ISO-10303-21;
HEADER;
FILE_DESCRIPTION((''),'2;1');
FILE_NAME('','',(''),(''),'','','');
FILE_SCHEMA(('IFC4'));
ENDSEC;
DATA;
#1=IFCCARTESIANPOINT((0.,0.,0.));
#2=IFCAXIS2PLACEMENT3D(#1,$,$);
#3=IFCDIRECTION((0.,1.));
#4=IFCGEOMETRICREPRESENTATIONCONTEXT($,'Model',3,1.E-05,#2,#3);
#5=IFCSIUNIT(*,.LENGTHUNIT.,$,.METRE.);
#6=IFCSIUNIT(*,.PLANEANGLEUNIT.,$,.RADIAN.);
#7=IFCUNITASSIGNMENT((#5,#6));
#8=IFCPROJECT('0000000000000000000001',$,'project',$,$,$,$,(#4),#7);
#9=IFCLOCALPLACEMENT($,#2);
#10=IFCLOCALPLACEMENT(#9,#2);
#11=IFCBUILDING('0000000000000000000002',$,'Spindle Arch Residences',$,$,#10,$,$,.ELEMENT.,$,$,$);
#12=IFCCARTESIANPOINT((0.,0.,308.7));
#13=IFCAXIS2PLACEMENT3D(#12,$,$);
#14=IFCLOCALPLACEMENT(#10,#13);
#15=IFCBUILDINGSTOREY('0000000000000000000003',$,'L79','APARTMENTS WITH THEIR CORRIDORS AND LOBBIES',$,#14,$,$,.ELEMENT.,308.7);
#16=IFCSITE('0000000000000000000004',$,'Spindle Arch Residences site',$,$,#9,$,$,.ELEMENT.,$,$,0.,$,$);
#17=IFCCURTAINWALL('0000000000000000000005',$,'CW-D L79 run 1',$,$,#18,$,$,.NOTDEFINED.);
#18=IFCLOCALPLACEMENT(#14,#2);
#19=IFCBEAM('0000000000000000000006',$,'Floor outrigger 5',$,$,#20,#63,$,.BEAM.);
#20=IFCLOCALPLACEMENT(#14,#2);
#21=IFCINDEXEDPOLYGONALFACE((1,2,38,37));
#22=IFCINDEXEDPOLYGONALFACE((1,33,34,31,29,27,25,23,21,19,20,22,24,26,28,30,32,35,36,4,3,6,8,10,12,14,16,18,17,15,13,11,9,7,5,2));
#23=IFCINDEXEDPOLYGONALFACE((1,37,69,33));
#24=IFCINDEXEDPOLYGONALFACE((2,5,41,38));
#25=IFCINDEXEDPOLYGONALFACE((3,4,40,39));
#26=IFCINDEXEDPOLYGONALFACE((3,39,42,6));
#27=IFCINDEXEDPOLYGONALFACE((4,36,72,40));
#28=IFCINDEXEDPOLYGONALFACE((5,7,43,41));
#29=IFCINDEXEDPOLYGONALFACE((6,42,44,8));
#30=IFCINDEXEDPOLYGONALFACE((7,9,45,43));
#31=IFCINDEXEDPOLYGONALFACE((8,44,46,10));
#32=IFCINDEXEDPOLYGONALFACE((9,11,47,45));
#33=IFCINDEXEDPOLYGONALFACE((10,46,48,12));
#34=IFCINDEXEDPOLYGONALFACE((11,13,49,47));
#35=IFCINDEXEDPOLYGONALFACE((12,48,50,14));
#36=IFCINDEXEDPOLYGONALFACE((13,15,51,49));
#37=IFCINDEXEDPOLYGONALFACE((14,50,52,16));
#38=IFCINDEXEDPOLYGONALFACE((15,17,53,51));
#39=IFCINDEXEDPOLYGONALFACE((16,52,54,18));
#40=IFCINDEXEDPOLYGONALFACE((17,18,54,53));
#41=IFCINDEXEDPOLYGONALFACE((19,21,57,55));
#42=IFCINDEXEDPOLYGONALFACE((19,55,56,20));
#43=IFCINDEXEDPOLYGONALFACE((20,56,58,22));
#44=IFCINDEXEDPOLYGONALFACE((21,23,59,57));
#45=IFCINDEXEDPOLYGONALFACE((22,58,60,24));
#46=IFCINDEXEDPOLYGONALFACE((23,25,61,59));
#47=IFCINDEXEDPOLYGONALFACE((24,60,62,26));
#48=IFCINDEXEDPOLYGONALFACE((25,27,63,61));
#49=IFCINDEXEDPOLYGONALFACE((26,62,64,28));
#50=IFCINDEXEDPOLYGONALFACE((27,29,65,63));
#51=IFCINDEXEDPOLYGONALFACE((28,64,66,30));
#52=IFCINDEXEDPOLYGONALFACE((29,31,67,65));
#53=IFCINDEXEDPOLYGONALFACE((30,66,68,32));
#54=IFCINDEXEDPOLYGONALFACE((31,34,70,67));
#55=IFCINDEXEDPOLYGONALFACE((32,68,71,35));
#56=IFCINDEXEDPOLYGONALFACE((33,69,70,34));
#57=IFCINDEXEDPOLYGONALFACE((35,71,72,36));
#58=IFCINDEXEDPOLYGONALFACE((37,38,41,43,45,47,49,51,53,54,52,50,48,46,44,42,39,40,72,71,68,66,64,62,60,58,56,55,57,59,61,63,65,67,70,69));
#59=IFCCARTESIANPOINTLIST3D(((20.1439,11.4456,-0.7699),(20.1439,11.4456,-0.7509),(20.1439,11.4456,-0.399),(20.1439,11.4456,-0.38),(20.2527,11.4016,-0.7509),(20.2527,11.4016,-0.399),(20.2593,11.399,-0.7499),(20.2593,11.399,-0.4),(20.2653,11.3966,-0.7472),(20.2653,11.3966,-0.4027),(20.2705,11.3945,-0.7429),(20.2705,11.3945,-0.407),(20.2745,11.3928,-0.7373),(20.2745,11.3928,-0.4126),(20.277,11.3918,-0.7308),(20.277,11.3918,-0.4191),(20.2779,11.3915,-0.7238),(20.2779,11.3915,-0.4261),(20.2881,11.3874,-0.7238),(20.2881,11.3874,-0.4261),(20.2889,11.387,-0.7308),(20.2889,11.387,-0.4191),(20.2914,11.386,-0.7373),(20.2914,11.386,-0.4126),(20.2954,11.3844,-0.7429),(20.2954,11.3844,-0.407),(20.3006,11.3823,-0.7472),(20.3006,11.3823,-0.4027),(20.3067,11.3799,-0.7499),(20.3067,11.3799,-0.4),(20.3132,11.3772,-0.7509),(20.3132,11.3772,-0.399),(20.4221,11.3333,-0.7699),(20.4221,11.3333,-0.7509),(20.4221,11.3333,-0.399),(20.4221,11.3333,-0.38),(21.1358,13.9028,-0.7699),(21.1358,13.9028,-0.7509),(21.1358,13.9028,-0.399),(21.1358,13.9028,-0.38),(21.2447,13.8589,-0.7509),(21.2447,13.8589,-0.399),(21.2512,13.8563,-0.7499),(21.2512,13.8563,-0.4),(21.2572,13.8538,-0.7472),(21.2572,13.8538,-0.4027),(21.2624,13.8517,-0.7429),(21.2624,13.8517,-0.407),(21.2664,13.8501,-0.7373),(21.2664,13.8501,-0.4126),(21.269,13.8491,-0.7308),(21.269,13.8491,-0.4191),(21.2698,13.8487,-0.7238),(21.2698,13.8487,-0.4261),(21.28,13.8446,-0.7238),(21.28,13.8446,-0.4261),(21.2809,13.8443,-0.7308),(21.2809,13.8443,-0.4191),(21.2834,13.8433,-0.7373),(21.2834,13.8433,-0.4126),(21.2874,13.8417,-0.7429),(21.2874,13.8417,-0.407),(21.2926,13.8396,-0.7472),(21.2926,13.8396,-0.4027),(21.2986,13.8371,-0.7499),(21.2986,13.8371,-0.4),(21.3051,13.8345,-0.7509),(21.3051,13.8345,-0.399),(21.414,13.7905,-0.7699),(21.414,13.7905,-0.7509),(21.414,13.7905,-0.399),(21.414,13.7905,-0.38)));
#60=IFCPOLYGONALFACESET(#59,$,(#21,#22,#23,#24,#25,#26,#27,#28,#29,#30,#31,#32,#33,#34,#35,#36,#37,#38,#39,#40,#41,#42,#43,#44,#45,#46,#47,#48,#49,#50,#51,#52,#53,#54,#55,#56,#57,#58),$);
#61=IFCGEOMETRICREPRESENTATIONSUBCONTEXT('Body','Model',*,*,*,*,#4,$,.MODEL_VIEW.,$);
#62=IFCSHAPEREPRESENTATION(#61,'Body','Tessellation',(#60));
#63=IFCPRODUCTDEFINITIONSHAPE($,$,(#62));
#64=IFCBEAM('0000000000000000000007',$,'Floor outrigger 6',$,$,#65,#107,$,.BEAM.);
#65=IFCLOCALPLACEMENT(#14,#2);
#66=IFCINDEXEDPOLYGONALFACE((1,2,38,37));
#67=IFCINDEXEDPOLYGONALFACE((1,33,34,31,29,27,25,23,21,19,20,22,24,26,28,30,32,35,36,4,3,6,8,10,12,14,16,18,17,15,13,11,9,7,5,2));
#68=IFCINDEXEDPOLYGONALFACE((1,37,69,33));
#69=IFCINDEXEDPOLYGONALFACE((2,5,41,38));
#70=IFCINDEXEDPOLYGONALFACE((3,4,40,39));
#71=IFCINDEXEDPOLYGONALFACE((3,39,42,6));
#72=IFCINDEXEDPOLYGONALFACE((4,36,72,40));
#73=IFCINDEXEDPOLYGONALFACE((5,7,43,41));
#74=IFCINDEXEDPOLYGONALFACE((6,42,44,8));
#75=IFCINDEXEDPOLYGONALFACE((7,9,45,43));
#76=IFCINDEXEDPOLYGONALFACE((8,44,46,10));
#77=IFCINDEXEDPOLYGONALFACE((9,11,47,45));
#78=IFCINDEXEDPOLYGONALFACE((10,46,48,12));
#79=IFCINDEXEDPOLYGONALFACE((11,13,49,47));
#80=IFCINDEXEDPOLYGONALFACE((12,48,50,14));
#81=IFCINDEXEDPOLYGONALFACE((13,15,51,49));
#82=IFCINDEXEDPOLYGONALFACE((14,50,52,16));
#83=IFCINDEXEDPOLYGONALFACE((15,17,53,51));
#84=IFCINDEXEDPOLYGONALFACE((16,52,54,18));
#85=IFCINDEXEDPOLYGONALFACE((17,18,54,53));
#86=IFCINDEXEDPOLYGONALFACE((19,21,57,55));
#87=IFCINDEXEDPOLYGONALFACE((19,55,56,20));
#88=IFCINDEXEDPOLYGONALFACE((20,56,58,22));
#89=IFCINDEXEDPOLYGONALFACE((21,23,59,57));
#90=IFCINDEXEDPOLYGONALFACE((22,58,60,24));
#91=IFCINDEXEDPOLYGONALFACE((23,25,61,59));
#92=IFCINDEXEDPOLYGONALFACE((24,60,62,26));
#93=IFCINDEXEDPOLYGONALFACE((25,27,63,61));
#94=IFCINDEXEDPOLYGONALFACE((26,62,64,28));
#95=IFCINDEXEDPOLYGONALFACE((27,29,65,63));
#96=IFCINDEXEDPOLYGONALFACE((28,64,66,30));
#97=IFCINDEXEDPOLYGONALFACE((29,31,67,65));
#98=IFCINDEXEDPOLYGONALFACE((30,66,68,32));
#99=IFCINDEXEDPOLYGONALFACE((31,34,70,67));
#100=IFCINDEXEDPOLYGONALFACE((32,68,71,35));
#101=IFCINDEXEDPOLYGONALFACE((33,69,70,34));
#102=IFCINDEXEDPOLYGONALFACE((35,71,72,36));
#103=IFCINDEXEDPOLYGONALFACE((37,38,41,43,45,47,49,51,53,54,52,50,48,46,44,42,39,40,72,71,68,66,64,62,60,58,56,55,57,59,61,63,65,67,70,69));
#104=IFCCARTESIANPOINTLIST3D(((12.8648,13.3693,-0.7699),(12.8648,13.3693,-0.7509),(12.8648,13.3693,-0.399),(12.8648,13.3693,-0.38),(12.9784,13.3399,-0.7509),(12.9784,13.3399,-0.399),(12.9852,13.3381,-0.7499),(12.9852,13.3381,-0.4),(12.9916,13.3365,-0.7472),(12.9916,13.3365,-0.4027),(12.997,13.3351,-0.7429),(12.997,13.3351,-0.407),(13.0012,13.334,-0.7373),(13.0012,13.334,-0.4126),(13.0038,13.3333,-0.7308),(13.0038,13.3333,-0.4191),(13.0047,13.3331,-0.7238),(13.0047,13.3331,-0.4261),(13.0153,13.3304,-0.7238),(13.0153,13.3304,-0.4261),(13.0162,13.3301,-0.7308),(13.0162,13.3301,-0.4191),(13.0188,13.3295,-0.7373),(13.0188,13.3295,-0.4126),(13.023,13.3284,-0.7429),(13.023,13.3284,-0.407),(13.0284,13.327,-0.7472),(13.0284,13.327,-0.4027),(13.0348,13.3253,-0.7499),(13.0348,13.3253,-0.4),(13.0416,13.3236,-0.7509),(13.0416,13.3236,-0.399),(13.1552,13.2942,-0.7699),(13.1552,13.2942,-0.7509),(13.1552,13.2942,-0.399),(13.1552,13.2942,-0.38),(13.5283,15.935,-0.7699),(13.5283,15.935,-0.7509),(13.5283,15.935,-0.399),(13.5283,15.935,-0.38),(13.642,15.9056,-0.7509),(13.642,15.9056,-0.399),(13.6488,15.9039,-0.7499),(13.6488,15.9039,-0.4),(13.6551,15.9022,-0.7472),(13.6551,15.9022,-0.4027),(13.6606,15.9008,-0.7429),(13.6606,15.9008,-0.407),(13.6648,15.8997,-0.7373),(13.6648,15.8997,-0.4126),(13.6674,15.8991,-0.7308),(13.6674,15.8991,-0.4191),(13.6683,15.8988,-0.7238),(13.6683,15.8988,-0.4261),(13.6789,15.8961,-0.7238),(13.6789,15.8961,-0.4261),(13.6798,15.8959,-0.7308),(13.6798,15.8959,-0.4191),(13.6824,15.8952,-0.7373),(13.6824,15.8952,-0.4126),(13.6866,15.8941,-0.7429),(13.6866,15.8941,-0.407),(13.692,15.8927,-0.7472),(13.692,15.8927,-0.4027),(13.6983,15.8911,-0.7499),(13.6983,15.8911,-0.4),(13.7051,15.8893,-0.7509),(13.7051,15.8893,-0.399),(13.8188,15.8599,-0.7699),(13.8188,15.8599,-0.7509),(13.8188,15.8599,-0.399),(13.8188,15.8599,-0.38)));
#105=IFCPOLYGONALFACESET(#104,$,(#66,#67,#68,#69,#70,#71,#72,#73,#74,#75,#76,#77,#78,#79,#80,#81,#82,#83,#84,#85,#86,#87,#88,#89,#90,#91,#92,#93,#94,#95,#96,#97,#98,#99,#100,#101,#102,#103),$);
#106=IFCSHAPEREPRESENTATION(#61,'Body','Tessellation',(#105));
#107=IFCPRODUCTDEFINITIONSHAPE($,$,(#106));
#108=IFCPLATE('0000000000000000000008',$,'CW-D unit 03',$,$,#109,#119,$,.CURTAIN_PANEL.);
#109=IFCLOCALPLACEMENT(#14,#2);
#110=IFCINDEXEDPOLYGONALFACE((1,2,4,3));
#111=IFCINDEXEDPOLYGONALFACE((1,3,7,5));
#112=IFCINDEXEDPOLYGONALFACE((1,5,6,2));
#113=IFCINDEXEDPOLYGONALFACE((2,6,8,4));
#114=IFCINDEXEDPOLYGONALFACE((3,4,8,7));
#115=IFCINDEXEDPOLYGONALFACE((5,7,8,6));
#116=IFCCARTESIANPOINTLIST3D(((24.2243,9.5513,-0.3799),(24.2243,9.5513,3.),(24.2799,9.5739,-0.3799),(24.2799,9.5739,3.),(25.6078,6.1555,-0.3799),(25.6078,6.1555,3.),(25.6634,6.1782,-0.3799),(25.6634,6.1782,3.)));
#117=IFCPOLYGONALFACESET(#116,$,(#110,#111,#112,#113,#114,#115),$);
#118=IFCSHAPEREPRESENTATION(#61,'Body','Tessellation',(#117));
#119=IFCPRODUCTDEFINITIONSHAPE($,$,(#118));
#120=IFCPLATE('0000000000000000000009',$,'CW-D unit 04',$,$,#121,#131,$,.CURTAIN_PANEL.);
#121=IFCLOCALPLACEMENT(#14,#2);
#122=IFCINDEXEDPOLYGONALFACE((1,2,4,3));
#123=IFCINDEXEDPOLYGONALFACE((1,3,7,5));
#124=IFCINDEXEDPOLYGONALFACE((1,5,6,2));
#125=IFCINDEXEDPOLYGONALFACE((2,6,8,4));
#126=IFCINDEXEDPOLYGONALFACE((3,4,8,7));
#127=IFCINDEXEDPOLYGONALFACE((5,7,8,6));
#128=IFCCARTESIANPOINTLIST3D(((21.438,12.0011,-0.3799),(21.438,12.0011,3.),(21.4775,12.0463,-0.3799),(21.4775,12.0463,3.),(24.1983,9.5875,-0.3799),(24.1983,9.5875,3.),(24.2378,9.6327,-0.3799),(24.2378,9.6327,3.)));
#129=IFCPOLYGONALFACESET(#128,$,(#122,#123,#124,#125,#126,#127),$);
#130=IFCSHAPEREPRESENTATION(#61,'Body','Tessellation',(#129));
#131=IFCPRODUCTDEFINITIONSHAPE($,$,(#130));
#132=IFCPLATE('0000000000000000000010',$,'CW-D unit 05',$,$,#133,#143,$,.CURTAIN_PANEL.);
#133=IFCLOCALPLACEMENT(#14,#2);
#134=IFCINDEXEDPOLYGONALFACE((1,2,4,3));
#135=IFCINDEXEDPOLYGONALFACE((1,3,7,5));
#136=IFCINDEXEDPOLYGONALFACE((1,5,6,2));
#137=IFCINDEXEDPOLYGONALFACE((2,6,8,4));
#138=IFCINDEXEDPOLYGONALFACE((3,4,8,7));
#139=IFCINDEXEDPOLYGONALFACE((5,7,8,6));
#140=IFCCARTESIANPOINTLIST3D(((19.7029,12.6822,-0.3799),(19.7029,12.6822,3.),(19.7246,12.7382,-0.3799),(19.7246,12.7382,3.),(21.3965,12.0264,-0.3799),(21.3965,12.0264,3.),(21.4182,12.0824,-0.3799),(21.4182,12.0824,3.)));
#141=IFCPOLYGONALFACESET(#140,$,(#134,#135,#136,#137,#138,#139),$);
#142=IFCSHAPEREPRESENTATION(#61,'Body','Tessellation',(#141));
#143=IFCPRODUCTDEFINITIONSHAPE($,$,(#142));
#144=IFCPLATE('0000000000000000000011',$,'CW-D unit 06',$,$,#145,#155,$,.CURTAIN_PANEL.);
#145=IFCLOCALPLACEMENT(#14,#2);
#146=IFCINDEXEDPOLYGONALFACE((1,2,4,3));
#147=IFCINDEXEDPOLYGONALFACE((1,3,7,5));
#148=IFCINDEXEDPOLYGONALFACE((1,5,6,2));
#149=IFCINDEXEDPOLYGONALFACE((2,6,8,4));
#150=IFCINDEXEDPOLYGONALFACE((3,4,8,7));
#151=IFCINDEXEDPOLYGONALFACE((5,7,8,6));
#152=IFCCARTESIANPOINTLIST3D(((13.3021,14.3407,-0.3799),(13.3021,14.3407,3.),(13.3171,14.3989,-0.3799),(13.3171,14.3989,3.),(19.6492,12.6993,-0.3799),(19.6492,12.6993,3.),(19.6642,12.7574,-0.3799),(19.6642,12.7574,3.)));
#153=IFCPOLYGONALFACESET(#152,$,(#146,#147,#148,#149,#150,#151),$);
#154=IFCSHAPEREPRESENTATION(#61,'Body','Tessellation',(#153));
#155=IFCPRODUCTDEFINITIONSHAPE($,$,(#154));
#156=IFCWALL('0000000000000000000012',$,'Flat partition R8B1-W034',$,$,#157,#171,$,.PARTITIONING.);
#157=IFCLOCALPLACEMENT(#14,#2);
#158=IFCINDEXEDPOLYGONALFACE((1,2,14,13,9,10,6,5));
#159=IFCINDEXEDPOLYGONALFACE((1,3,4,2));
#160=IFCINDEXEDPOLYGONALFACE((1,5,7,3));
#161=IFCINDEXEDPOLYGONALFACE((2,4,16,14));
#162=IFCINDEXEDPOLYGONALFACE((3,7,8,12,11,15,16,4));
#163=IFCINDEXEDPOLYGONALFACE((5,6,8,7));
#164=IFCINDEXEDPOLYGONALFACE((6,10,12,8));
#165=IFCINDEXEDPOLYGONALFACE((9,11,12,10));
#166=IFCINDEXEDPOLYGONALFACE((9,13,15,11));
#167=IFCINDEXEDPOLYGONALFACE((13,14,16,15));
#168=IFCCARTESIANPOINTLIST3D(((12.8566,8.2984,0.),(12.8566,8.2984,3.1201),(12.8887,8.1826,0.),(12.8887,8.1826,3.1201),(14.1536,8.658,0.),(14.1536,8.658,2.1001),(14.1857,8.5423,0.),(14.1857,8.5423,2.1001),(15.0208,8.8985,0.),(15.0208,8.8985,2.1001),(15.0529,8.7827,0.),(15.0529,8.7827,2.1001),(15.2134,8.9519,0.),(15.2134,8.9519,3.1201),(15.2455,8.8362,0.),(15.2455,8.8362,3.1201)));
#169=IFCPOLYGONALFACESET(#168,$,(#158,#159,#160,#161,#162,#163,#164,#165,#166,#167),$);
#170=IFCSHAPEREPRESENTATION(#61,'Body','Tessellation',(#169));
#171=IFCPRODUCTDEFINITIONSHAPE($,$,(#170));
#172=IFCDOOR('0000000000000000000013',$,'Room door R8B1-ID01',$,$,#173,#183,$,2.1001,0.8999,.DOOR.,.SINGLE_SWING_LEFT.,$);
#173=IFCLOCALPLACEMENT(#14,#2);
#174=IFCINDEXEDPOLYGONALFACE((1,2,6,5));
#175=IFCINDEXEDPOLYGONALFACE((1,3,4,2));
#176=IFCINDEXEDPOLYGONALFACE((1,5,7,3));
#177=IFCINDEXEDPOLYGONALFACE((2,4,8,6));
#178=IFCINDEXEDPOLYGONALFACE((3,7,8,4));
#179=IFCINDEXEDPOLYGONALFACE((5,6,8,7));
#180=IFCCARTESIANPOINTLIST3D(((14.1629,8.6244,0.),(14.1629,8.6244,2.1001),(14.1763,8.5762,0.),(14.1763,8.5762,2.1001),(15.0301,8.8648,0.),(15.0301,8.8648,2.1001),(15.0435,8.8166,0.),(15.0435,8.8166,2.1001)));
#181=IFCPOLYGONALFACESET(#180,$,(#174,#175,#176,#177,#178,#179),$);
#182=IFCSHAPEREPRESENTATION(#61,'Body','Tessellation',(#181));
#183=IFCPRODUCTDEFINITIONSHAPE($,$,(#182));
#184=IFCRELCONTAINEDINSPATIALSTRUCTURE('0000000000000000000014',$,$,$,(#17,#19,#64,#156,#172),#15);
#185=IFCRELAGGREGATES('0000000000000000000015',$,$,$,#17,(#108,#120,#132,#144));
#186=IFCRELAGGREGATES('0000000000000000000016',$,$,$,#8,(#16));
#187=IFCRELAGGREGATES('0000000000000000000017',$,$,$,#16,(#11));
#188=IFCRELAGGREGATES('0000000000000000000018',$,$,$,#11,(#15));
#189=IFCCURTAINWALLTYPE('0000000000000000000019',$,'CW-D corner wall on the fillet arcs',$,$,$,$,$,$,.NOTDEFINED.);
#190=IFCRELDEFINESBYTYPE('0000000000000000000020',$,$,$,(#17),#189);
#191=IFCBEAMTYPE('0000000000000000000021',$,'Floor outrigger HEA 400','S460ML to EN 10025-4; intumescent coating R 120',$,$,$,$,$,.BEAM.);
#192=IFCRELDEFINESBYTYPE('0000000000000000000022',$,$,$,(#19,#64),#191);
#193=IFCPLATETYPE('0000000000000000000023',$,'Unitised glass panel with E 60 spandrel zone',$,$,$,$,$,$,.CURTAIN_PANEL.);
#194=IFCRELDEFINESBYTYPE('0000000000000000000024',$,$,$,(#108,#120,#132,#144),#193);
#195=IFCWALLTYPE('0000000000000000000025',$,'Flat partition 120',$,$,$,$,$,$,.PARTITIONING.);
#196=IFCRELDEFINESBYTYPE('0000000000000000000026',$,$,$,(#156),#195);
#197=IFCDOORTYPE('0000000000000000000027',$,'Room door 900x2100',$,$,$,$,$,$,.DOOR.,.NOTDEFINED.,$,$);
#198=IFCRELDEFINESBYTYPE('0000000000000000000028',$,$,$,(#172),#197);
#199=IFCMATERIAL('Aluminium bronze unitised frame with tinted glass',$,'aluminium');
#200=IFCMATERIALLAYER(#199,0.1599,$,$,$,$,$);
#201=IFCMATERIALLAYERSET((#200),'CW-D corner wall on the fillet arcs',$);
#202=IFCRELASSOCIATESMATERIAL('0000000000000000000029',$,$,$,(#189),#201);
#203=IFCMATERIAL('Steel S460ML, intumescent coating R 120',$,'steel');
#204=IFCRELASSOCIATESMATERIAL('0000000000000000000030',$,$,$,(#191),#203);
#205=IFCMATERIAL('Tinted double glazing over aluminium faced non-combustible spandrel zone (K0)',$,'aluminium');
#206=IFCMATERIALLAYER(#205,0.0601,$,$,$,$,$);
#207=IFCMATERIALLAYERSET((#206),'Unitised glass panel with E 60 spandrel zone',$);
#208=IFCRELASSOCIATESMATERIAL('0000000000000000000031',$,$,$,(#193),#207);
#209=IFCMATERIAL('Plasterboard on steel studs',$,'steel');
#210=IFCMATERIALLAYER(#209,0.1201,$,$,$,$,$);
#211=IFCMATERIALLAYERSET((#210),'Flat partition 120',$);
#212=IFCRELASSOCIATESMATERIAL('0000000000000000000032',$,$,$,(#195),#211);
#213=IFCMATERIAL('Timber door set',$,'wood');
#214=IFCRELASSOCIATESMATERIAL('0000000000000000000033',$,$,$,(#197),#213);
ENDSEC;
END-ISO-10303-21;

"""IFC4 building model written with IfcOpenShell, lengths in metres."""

from ifc_helpers import new_model, si_unit, direction, frame, frame_2d, origin, origin_2d, place, context, subcontext, project, spatial, rectangle, i_section, extrude, material, layer, layer_set, material_profile, profile_set, type_object, element, fill, aggregate, save


model = new_model("IFC4")

# Units and contexts
model_context = context("Model", 3, precision=1e-05, world=origin(), true_north=direction((0.0, 1.0)))
body_context = subcontext(model_context, "Body", "Model", "MODEL_VIEW")
ifc_project = project(units=[si_unit("LENGTHUNIT", "METRE"), si_unit("PLANEANGLEUNIT", "RADIAN")], contexts=[model_context])

# Site, building, storey
site_placement = place(None, origin())
site = spatial("IfcSite", under=ifc_project, at=site_placement, Name="Spindle Arch Residences site", CompositionType="ELEMENT", RefElevation=0.0)
building_placement = place(site_placement, origin())
building = spatial("IfcBuilding", under=site, at=building_placement, Name="Spindle Arch Residences", CompositionType="ELEMENT")
storey_placement = place(building_placement, frame((0.0, 0.0, 308.7)))
storey = spatial("IfcBuildingStorey", under=building, at=storey_placement, Name="L79", Description="APARTMENTS WITH THEIR CORRIDORS AND LOBBIES", CompositionType="ELEMENT", Elevation=308.7)

# Curtain wall
ifc_material_1 = material(Name="Aluminium bronze unitised frame with tinted glass", Category="aluminium")
ifc_layer_1 = layer(ifc_material_1, 0.1599)
ifc_layer_set_1 = layer_set([ifc_layer_1], Name="CW-D corner wall on the fillet arcs")
curtain_wall_type = type_object("IfcCurtainWallType", Name="CW-D corner wall on the fillet arcs", PredefinedType="NOTDEFINED", material=ifc_layer_set_1)
curtain_wall_placement = place(storey_placement, origin())
curtain_wall = element("IfcCurtainWall", 1, at=curtain_wall_placement, inside=storey, type_object=curtain_wall_type, Name="CW-D L79 run 1", PredefinedType="NOTDEFINED")

# Beams
ifc_material_2 = material(Name="Steel S460ML, intumescent coating R 120", Category="steel")
ifc_material_profile_1 = material_profile(ifc_material_2, i_section(OverallWidth=0.3, OverallDepth=0.3899, WebThickness=0.011, FlangeThickness=0.019, FilletRadius=0.0271, at=origin_2d()), Name="HEA 400")
ifc_profile_set_1 = profile_set([ifc_material_profile_1], Name="Steel S460ML, intumescent coating R 120")
beam_type_1 = type_object("IfcBeamType", Name="Floor outrigger HEA 400", Description="S460ML to EN 10025-4; intumescent coating R 120", PredefinedType="BEAM", material=ifc_profile_set_1)
for number, where, z_axis, x_axis, name in (
    (2, (21.2749, 13.8467, -0.575), (-0.374327, -0.927297, 0.0), (0.927297, -0.374327, 0.0), "Floor outrigger 5"),
):
    element("IfcBeam", number, at=place(storey_placement, frame(where, z_axis=z_axis, x_axis=x_axis)), inside=storey, type_object=beam_type_1, Name=name, PredefinedType="BEAM", context=body_context, shape_type="SweptSolid", body=[
        extrude(i_section(OverallWidth=0.3, OverallDepth=0.3899, WebThickness=0.011, FlangeThickness=0.019, FilletRadius=0.0271, at=origin_2d()), origin(), (0.0, 0.0, 1.0), 2.6499),
    ])
beam_1_placement = place(storey_placement, frame((13.6736, 15.8975, -0.575), z_axis=(-0.250396, -0.968143, 0.0), x_axis=(0.968143, -0.250396, 0.0)))
element("IfcBeam", 3, at=beam_1_placement, inside=storey, type_object=beam_type_1, Name="Floor outrigger 6", PredefinedType="BEAM", context=body_context, shape_type="SweptSolid", body=[
    extrude(i_section(OverallWidth=0.3, OverallDepth=0.3899, WebThickness=0.011, FlangeThickness=0.019, FilletRadius=0.0271, at=origin_2d()), origin(), (0.0, 0.0, 1.0), 2.6501),
])

# Plates
ifc_material_3 = material(Name="Tinted double glazing over aluminium faced non-combustible spandrel zone (K0)", Category="aluminium")
ifc_layer_2 = layer(ifc_material_3, 0.0601)
ifc_layer_set_2 = layer_set([ifc_layer_2], Name="Unitised glass panel with E 60 spandrel zone")
plate_type = type_object("IfcPlateType", Name="Unitised glass panel with E 60 spandrel zone", PredefinedType="CURTAIN_PANEL", material=ifc_layer_set_2)
plate_1_placement = place(storey_placement, frame((24.9438, 7.8647, -0.3799), z_axis=(0.0, 0.0, 1.0), x_axis=(-0.377302, 0.92609, 0.0)))
plate_1 = element("IfcPlate", 4, at=plate_1_placement, type_object=plate_type, Name="CW-D unit 03", PredefinedType="CURTAIN_PANEL", context=body_context, shape_type="SweptSolid", body=[
    extrude(rectangle(XDim=3.6667, YDim=0.0601, at=origin_2d()), origin(), (0.0, 0.0, 1.0), 3.3799),
])
plate_2_placement = place(storey_placement, frame((22.8379, 10.8169, -0.3799), z_axis=(0.0, 0.0, 1.0), x_axis=(-0.752798, 0.658252, 0.0)))
plate_2 = element("IfcPlate", 5, at=plate_2_placement, type_object=plate_type, Name="CW-D unit 04", PredefinedType="CURTAIN_PANEL", context=body_context, shape_type="SweptSolid", body=[
    extrude(rectangle(XDim=3.6667, YDim=0.0601, at=origin_2d()), origin(), (0.0, 0.0, 1.0), 3.3799),
])
plate_3_placement = place(storey_placement, frame((20.5605, 12.3823, -0.3799), z_axis=(0.0, 0.0, 1.0), x_axis=(-0.932534, 0.361082, 0.0)))
plate_3 = element("IfcPlate", 6, at=plate_3_placement, type_object=plate_type, Name="CW-D unit 05", PredefinedType="CURTAIN_PANEL", context=body_context, shape_type="SweptSolid", body=[
    extrude(rectangle(XDim=1.8162, YDim=0.0601, at=origin_2d()), origin(), (0.0, 0.0, 1.0), 3.3799),
])
plate_4_placement = place(storey_placement, frame((16.4832, 13.5491, -0.3799), z_axis=(0.0, 0.0, 1.0), x_axis=(-0.968148, 0.25038, 0.0)))
plate_4 = element("IfcPlate", 7, at=plate_4_placement, type_object=plate_type, Name="CW-D unit 06", PredefinedType="CURTAIN_PANEL", context=body_context, shape_type="SweptSolid", body=[
    extrude(rectangle(XDim=6.5559, YDim=0.0601, at=origin_2d()), origin(), (0.0, 0.0, 1.0), 3.3799),
])
aggregate(curtain_wall, [plate_1, plate_2, plate_3, plate_4])

# Wall, opening, door
ifc_material_4 = material(Name="Plasterboard on steel studs", Category="steel")
ifc_layer_3 = layer(ifc_material_4, 0.1201)
ifc_layer_set_3 = layer_set([ifc_layer_3], Name="Flat partition 120")
wall_type = type_object("IfcWallType", Name="Flat partition 120", PredefinedType="PARTITIONING", material=ifc_layer_set_3)
wall_1_placement = place(storey_placement, frame((15.2295, 8.894, 0.0), z_axis=(0.0, 0.0, 1.0), x_axis=(-0.963638, -0.267211, 0.0)))
wall_1 = element("IfcWall", 8, at=wall_1_placement, inside=storey, type_object=wall_type, Name="Flat partition R8B1-W034", PredefinedType="PARTITIONING", context=body_context, shape_type="SweptSolid", body=[
    extrude(rectangle(XDim=2.4458, YDim=0.1201, at=frame_2d((1.2229, 0.0))), origin(), (0.0, 0.0, 1.0), 3.1201),
])
opening_1_placement = place(wall_1_placement, frame((0.2, 0.0, 0.0)))
opening_1 = element("IfcOpeningElement", 9, at=opening_1_placement, cuts=wall_1, PredefinedType="OPENING", context=body_context, shape_type="SweptSolid", body=[
    extrude(rectangle(XDim=0.8999, YDim=2.1001, at=frame_2d((0.45, 1.05))), frame((0.0, 0.0701, 0.0), z_axis=(0.0, -1.0, 0.0), x_axis=(1.0, 0.0, 0.0)), (0.0, 0.0, 1.0), 0.1401),
])
ifc_material_5 = material(Name="Timber door set", Category="wood")
door_type = type_object("IfcDoorType", Name="Room door 900x2100", OperationType="NOTDEFINED", PredefinedType="DOOR", material=ifc_material_5)
door_1_placement = place(opening_1_placement, origin())
door_1 = element("IfcDoor", 10, at=door_1_placement, inside=storey, type_object=door_type, Name="Room door R8B1-ID01", OperationType="SINGLE_SWING_LEFT", OverallHeight=2.1001, OverallWidth=0.8999, PredefinedType="DOOR", context=body_context, shape_type="SweptSolid", body=[
    extrude(rectangle(XDim=0.8999, YDim=2.1001, at=frame_2d((0.45, 1.05))), frame((0.0, 0.0249, 0.0), z_axis=(0.0, -1.0, 0.0), x_axis=(1.0, 0.0, 0.0)), (0.0, 0.0, 1.0), 0.05),
])
fill(opening_1, door_1)

save(model, "model.ifc")
